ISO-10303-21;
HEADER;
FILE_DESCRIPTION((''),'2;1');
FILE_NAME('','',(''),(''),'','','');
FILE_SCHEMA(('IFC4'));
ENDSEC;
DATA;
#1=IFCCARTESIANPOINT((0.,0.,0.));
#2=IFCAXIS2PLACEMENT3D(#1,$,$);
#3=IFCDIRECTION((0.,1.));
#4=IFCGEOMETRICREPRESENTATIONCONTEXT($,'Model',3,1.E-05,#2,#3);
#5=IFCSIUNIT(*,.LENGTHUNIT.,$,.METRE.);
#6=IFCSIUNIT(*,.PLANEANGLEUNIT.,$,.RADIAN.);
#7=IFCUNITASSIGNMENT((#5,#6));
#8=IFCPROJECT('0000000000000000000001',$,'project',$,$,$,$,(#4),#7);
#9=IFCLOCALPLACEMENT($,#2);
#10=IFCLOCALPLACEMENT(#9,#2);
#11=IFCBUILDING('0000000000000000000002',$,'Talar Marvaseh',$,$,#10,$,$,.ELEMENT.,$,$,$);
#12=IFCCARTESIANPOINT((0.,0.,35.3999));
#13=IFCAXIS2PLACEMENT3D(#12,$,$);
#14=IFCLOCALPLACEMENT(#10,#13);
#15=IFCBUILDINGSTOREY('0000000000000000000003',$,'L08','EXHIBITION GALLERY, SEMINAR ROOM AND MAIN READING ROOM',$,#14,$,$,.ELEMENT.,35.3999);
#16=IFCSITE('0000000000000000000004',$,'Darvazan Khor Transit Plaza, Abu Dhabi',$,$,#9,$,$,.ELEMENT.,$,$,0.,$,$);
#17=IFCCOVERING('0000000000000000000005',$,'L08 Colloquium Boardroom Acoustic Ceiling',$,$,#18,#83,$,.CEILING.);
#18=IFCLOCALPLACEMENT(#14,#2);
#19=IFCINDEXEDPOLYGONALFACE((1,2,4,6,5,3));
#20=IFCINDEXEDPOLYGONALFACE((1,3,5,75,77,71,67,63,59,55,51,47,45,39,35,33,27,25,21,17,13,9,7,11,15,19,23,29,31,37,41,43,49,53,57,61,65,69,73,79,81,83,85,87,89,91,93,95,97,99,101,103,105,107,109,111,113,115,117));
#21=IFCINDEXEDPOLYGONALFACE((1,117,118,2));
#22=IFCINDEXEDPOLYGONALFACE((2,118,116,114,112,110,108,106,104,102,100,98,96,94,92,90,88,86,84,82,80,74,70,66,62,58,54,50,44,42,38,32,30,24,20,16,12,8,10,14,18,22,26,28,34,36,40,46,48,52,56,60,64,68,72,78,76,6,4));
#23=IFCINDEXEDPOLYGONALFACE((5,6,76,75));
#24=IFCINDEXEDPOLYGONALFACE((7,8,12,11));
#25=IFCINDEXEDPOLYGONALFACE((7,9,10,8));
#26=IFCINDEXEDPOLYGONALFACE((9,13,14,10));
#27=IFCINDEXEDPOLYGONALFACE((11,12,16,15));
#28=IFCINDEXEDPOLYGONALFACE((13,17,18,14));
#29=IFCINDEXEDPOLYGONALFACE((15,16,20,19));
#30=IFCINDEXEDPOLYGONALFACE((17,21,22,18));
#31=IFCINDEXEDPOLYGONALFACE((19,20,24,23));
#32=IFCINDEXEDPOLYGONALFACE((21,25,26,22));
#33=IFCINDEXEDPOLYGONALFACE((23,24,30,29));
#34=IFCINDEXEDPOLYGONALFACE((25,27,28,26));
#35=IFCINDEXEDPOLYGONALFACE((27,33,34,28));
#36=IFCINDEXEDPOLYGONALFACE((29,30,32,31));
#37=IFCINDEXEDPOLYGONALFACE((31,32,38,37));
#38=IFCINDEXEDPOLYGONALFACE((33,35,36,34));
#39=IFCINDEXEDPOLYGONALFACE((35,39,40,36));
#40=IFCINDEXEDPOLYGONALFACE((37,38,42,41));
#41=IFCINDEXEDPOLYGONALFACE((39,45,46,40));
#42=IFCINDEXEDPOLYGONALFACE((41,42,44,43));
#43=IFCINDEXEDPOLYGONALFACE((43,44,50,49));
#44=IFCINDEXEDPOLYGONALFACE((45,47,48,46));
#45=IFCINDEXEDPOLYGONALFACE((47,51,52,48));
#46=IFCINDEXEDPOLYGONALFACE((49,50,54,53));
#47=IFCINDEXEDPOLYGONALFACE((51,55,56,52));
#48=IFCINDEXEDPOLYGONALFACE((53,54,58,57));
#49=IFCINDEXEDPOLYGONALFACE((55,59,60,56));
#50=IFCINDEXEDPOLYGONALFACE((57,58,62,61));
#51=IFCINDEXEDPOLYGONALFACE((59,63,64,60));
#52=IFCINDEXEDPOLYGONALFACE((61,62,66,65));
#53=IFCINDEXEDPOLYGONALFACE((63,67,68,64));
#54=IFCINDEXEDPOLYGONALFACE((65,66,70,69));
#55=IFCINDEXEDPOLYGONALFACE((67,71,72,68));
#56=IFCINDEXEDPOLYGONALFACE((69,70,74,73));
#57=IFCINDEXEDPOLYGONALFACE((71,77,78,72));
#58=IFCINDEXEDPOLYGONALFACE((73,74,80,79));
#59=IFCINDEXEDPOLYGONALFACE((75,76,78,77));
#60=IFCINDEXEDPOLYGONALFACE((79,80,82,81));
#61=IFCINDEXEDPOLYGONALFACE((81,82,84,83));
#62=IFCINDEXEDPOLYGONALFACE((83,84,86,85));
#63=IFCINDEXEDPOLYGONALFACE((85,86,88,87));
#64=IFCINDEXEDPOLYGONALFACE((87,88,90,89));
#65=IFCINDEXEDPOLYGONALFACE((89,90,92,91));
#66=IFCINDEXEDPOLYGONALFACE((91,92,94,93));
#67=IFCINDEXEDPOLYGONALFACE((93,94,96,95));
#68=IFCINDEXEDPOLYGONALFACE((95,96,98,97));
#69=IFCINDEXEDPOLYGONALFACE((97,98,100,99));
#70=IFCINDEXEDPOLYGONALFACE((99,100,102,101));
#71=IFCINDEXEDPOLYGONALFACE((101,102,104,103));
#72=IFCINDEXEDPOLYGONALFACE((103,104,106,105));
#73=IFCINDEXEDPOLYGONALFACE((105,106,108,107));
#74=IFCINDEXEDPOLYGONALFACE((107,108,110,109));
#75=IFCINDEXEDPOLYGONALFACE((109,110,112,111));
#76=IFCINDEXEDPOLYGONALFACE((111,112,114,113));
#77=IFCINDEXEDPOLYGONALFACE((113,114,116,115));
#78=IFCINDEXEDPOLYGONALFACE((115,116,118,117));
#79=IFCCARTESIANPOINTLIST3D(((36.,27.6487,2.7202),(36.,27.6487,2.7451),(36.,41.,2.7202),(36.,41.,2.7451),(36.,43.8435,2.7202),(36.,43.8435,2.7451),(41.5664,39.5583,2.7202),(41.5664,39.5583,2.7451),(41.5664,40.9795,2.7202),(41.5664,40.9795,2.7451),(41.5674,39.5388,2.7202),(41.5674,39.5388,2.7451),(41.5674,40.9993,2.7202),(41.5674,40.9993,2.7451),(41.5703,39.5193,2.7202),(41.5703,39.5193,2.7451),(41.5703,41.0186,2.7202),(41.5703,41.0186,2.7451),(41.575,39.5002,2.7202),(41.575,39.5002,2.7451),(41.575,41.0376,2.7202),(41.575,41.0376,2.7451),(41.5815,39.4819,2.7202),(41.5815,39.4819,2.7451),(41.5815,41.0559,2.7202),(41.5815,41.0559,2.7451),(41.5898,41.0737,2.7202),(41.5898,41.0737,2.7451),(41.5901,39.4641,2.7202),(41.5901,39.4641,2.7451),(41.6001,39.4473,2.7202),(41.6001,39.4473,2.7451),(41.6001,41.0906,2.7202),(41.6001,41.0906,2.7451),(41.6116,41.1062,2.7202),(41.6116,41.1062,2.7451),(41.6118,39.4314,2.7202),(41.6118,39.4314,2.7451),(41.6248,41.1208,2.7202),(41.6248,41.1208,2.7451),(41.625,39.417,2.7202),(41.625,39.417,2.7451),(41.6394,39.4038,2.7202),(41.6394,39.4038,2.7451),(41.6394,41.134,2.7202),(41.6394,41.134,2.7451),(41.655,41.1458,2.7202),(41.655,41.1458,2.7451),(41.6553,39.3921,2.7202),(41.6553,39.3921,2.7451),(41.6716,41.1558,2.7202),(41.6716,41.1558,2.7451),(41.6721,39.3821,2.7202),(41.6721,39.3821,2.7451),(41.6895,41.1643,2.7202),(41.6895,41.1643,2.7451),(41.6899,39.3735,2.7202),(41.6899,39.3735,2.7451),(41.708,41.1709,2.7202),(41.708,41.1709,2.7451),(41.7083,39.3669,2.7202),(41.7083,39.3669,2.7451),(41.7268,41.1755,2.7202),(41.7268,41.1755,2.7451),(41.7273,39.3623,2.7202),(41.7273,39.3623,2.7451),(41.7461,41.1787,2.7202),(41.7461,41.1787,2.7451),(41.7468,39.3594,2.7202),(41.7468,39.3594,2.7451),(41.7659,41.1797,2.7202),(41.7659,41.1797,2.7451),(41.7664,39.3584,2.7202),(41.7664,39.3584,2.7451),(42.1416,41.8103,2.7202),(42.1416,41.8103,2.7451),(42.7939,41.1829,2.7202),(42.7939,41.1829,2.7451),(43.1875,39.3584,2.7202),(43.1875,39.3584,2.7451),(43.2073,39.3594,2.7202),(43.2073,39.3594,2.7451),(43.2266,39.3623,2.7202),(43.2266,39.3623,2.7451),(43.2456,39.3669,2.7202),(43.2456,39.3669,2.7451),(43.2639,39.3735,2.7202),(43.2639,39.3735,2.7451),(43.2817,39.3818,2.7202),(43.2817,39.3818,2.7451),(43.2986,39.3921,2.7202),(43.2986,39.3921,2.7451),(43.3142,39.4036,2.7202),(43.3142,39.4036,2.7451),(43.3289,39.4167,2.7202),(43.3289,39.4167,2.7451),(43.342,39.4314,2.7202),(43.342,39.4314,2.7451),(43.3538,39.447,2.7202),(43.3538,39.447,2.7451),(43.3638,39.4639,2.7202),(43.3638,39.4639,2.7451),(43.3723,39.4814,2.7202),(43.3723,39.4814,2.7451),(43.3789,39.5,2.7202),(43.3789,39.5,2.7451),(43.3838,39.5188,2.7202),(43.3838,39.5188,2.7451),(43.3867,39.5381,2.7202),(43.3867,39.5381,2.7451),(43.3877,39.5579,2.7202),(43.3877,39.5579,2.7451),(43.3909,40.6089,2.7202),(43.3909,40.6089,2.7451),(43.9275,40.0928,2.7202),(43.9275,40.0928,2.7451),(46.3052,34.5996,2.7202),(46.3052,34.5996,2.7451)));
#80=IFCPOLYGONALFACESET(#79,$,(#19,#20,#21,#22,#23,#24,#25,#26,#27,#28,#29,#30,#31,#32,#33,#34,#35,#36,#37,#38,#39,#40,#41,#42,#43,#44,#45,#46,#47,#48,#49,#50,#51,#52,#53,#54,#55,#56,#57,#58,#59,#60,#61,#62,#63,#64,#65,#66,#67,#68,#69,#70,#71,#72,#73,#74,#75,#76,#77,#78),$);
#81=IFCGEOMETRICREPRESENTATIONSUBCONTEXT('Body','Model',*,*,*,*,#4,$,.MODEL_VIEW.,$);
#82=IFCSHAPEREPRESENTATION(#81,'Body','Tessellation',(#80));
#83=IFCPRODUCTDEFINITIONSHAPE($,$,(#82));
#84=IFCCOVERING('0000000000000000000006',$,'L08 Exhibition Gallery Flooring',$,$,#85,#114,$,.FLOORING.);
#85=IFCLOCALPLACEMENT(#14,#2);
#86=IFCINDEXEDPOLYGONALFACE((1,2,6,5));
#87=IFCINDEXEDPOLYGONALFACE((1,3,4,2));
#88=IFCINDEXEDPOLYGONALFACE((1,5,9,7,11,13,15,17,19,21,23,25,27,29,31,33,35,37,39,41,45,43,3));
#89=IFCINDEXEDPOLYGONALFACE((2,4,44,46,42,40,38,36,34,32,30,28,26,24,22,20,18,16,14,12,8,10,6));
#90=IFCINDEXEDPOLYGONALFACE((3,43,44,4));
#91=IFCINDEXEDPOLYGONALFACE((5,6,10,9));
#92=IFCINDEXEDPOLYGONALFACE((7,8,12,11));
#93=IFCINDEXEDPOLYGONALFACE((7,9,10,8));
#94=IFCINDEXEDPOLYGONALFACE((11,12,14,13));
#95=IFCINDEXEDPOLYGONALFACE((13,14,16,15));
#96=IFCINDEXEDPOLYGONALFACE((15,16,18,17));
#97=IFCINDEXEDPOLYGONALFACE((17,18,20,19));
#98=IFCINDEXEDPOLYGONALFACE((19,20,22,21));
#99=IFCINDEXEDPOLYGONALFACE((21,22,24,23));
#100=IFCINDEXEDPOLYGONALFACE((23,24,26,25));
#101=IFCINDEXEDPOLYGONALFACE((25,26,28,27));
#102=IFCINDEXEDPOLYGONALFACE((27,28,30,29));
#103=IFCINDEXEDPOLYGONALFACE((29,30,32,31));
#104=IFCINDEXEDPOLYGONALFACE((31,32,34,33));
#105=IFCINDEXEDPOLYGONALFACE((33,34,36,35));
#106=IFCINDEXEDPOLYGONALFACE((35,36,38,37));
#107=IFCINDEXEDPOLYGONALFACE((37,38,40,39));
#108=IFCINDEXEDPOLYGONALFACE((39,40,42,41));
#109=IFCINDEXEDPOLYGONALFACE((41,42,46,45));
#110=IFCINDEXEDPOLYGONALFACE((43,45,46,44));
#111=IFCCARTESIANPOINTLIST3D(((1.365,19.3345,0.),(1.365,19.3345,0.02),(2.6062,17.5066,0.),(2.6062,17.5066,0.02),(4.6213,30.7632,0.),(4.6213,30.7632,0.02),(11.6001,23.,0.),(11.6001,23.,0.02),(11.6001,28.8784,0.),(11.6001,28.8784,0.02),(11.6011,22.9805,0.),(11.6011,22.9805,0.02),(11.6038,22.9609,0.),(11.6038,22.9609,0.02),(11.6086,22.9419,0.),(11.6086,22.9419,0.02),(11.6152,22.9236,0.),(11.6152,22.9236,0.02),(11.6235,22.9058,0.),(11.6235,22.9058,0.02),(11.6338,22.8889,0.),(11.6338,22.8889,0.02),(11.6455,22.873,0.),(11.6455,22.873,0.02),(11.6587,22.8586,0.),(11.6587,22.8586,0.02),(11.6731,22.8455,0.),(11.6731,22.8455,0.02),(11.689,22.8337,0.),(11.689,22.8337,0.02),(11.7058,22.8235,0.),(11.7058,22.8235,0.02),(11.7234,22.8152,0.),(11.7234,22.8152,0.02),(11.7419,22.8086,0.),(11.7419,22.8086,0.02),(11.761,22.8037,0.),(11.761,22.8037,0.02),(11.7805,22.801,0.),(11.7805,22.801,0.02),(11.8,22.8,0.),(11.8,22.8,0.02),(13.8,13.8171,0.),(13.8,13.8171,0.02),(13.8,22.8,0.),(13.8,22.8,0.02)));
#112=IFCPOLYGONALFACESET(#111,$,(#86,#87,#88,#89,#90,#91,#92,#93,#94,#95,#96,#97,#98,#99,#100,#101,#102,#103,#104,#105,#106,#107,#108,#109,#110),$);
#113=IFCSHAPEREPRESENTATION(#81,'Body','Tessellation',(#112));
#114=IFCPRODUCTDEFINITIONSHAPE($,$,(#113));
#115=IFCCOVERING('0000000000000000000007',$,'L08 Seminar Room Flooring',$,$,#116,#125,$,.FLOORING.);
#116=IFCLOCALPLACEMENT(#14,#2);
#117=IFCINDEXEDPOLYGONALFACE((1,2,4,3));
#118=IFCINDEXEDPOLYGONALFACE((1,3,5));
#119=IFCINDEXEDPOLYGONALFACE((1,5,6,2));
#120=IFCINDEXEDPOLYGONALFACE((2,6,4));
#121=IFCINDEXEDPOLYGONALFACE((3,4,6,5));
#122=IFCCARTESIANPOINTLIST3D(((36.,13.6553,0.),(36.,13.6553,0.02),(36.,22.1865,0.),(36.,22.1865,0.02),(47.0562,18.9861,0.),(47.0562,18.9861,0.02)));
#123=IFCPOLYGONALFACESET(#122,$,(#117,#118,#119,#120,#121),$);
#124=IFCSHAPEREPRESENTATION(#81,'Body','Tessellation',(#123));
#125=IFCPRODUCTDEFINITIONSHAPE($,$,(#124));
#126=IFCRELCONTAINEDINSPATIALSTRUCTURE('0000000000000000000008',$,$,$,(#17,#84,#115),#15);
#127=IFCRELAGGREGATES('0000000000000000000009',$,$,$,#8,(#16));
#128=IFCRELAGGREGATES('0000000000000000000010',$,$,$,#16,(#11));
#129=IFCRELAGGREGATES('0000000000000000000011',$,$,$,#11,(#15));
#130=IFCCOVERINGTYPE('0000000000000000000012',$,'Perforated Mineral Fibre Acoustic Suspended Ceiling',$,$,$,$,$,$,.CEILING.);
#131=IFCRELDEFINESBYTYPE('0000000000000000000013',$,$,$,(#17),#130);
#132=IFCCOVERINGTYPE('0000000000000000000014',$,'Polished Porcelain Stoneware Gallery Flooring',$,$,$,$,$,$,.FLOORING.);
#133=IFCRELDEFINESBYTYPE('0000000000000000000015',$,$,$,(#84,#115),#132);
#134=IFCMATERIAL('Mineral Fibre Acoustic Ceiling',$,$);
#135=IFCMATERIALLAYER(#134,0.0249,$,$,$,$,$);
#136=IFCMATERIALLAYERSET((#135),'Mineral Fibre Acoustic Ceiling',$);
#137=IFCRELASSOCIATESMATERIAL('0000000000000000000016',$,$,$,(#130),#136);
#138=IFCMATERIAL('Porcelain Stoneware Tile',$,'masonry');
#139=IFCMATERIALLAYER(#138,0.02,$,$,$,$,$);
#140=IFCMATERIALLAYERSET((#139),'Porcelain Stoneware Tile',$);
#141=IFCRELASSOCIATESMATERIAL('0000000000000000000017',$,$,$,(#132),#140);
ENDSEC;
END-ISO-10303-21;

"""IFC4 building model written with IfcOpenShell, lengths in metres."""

from ifc_helpers import new_model, si_unit, direction, frame, origin, place, context, subcontext, project, spatial, polyline, outline, extrude, material, layer, layer_set, type_object, element, save


model = new_model("IFC4")

# Units and contexts
model_context = context("Model", 3, precision=1e-05, world=origin(), true_north=direction((0.0, 1.0)))
body_context = subcontext(model_context, "Body", "Model", "MODEL_VIEW")
ifc_project = project(units=[si_unit("LENGTHUNIT", "METRE"), si_unit("PLANEANGLEUNIT", "RADIAN")], contexts=[model_context])

# Site, building, storey
site_placement = place(None, origin())
site = spatial("IfcSite", under=ifc_project, at=site_placement, Name="Darvazan Khor Transit Plaza, Abu Dhabi", CompositionType="ELEMENT", RefElevation=0.0)
building_placement = place(site_placement, origin())
building = spatial("IfcBuilding", under=site, at=building_placement, Name="Talar Marvaseh", CompositionType="ELEMENT")
storey_placement = place(building_placement, frame((0.0, 0.0, 35.3999)))
storey = spatial("IfcBuildingStorey", under=building, at=storey_placement, Name="L08", Description="EXHIBITION GALLERY, SEMINAR ROOM AND MAIN READING ROOM", CompositionType="ELEMENT", Elevation=35.3999)

# Coverings
ifc_material_1 = material(Name="Mineral Fibre Acoustic Ceiling")
ifc_layer_1 = layer(ifc_material_1, 0.0249)
ifc_layer_set_1 = layer_set([ifc_layer_1], Name="Mineral Fibre Acoustic Ceiling")
covering_type_1 = type_object("IfcCoveringType", Name="Perforated Mineral Fibre Acoustic Suspended Ceiling", PredefinedType="CEILING", material=ifc_layer_set_1)
covering_1_placement = place(storey_placement, frame((0.0, 0.0, 2.7202)))
element("IfcCovering", 1, at=covering_1_placement, inside=storey, type_object=covering_type_1, Name="L08 Colloquium Boardroom Acoustic Ceiling", PredefinedType="CEILING", context=body_context, shape_type="SweptSolid", body=[
    extrude(outline(polyline([(42.7939, 41.1829), (41.7659, 41.1797), (41.7461, 41.1787), (41.7268, 41.1755), (41.708, 41.1709), (41.6895, 41.1643), (41.6716, 41.1558), (41.655, 41.1458), (41.6394, 41.134), (41.6248, 41.1208), (41.6116, 41.1062), (41.6001, 41.0906), (41.5898, 41.0737), (41.5815, 41.0559), (41.575, 41.0376), (41.5703, 41.0186), (41.5674, 40.9993), (41.5664, 40.9795), (41.5664, 39.5583), (41.5674, 39.5388), (41.5703, 39.5193), (41.575, 39.5002), (41.5815, 39.4819), (41.5901, 39.4641), (41.6001, 39.4473), (41.6118, 39.4314), (41.625, 39.417), (41.6394, 39.4038), (41.6553, 39.3921), (41.6721, 39.3821), (41.6899, 39.3735), (41.7083, 39.3669), (41.7273, 39.3623), (41.7468, 39.3594), (41.7664, 39.3584), (43.1875, 39.3584), (43.2073, 39.3594), (43.2266, 39.3623), (43.2456, 39.3669), (43.2639, 39.3735), (43.2817, 39.3818), (43.2986, 39.3921), (43.3142, 39.4036), (43.3289, 39.4167), (43.342, 39.4314), (43.3538, 39.447), (43.3638, 39.4639), (43.3723, 39.4814), (43.3789, 39.5), (43.3838, 39.5188), (43.3867, 39.5381), (43.3877, 39.5579), (43.3909, 40.6089), (43.9275, 40.0928), (46.3052, 34.5996), (36.0, 27.6487), (36.0, 41.0), (36.0, 43.8435), (42.1416, 41.8103), (42.7939, 41.1829)])), origin(), (0.0, 0.0, 1.0), 0.0249),
])
ifc_material_2 = material(Name="Porcelain Stoneware Tile", Category="masonry")
ifc_layer_2 = layer(ifc_material_2, 0.02)
ifc_layer_set_2 = layer_set([ifc_layer_2], Name="Porcelain Stoneware Tile")
covering_type_2 = type_object("IfcCoveringType", Name="Polished Porcelain Stoneware Gallery Flooring", PredefinedType="FLOORING", material=ifc_layer_set_2)
covering_2_placement = place(storey_placement, origin())
element("IfcCovering", 2, at=covering_2_placement, inside=storey, type_object=covering_type_2, Name="L08 Exhibition Gallery Flooring", PredefinedType="FLOORING", context=body_context, shape_type="SweptSolid", body=[
    extrude(outline(polyline([(11.6001, 28.8784), (11.6001, 23.0), (11.6011, 22.9805), (11.6038, 22.9609), (11.6086, 22.9419), (11.6152, 22.9236), (11.6235, 22.9058), (11.6338, 22.8889), (11.6455, 22.873), (11.6587, 22.8586), (11.6731, 22.8455), (11.689, 22.8337), (11.7058, 22.8235), (11.7234, 22.8152), (11.7419, 22.8086), (11.761, 22.8037), (11.7805, 22.801), (11.8, 22.8), (13.8, 22.8), (13.8, 13.8171), (2.6062, 17.5066), (1.365, 19.3345), (4.6213, 30.7632), (11.6001, 28.8784)])), origin(), (0.0, 0.0, 1.0), 0.02),
])
covering_3_placement = place(storey_placement, origin())
element("IfcCovering", 3, at=covering_3_placement, inside=storey, type_object=covering_type_2, Name="L08 Seminar Room Flooring", PredefinedType="FLOORING", context=body_context, shape_type="SweptSolid", body=[
    extrude(outline(polyline([(36.0, 13.6553), (36.0, 22.1865), (47.0562, 18.9861), (36.0, 13.6553)])), origin(), (0.0, 0.0, 1.0), 0.02),
])

save(model, "model.ifc")
